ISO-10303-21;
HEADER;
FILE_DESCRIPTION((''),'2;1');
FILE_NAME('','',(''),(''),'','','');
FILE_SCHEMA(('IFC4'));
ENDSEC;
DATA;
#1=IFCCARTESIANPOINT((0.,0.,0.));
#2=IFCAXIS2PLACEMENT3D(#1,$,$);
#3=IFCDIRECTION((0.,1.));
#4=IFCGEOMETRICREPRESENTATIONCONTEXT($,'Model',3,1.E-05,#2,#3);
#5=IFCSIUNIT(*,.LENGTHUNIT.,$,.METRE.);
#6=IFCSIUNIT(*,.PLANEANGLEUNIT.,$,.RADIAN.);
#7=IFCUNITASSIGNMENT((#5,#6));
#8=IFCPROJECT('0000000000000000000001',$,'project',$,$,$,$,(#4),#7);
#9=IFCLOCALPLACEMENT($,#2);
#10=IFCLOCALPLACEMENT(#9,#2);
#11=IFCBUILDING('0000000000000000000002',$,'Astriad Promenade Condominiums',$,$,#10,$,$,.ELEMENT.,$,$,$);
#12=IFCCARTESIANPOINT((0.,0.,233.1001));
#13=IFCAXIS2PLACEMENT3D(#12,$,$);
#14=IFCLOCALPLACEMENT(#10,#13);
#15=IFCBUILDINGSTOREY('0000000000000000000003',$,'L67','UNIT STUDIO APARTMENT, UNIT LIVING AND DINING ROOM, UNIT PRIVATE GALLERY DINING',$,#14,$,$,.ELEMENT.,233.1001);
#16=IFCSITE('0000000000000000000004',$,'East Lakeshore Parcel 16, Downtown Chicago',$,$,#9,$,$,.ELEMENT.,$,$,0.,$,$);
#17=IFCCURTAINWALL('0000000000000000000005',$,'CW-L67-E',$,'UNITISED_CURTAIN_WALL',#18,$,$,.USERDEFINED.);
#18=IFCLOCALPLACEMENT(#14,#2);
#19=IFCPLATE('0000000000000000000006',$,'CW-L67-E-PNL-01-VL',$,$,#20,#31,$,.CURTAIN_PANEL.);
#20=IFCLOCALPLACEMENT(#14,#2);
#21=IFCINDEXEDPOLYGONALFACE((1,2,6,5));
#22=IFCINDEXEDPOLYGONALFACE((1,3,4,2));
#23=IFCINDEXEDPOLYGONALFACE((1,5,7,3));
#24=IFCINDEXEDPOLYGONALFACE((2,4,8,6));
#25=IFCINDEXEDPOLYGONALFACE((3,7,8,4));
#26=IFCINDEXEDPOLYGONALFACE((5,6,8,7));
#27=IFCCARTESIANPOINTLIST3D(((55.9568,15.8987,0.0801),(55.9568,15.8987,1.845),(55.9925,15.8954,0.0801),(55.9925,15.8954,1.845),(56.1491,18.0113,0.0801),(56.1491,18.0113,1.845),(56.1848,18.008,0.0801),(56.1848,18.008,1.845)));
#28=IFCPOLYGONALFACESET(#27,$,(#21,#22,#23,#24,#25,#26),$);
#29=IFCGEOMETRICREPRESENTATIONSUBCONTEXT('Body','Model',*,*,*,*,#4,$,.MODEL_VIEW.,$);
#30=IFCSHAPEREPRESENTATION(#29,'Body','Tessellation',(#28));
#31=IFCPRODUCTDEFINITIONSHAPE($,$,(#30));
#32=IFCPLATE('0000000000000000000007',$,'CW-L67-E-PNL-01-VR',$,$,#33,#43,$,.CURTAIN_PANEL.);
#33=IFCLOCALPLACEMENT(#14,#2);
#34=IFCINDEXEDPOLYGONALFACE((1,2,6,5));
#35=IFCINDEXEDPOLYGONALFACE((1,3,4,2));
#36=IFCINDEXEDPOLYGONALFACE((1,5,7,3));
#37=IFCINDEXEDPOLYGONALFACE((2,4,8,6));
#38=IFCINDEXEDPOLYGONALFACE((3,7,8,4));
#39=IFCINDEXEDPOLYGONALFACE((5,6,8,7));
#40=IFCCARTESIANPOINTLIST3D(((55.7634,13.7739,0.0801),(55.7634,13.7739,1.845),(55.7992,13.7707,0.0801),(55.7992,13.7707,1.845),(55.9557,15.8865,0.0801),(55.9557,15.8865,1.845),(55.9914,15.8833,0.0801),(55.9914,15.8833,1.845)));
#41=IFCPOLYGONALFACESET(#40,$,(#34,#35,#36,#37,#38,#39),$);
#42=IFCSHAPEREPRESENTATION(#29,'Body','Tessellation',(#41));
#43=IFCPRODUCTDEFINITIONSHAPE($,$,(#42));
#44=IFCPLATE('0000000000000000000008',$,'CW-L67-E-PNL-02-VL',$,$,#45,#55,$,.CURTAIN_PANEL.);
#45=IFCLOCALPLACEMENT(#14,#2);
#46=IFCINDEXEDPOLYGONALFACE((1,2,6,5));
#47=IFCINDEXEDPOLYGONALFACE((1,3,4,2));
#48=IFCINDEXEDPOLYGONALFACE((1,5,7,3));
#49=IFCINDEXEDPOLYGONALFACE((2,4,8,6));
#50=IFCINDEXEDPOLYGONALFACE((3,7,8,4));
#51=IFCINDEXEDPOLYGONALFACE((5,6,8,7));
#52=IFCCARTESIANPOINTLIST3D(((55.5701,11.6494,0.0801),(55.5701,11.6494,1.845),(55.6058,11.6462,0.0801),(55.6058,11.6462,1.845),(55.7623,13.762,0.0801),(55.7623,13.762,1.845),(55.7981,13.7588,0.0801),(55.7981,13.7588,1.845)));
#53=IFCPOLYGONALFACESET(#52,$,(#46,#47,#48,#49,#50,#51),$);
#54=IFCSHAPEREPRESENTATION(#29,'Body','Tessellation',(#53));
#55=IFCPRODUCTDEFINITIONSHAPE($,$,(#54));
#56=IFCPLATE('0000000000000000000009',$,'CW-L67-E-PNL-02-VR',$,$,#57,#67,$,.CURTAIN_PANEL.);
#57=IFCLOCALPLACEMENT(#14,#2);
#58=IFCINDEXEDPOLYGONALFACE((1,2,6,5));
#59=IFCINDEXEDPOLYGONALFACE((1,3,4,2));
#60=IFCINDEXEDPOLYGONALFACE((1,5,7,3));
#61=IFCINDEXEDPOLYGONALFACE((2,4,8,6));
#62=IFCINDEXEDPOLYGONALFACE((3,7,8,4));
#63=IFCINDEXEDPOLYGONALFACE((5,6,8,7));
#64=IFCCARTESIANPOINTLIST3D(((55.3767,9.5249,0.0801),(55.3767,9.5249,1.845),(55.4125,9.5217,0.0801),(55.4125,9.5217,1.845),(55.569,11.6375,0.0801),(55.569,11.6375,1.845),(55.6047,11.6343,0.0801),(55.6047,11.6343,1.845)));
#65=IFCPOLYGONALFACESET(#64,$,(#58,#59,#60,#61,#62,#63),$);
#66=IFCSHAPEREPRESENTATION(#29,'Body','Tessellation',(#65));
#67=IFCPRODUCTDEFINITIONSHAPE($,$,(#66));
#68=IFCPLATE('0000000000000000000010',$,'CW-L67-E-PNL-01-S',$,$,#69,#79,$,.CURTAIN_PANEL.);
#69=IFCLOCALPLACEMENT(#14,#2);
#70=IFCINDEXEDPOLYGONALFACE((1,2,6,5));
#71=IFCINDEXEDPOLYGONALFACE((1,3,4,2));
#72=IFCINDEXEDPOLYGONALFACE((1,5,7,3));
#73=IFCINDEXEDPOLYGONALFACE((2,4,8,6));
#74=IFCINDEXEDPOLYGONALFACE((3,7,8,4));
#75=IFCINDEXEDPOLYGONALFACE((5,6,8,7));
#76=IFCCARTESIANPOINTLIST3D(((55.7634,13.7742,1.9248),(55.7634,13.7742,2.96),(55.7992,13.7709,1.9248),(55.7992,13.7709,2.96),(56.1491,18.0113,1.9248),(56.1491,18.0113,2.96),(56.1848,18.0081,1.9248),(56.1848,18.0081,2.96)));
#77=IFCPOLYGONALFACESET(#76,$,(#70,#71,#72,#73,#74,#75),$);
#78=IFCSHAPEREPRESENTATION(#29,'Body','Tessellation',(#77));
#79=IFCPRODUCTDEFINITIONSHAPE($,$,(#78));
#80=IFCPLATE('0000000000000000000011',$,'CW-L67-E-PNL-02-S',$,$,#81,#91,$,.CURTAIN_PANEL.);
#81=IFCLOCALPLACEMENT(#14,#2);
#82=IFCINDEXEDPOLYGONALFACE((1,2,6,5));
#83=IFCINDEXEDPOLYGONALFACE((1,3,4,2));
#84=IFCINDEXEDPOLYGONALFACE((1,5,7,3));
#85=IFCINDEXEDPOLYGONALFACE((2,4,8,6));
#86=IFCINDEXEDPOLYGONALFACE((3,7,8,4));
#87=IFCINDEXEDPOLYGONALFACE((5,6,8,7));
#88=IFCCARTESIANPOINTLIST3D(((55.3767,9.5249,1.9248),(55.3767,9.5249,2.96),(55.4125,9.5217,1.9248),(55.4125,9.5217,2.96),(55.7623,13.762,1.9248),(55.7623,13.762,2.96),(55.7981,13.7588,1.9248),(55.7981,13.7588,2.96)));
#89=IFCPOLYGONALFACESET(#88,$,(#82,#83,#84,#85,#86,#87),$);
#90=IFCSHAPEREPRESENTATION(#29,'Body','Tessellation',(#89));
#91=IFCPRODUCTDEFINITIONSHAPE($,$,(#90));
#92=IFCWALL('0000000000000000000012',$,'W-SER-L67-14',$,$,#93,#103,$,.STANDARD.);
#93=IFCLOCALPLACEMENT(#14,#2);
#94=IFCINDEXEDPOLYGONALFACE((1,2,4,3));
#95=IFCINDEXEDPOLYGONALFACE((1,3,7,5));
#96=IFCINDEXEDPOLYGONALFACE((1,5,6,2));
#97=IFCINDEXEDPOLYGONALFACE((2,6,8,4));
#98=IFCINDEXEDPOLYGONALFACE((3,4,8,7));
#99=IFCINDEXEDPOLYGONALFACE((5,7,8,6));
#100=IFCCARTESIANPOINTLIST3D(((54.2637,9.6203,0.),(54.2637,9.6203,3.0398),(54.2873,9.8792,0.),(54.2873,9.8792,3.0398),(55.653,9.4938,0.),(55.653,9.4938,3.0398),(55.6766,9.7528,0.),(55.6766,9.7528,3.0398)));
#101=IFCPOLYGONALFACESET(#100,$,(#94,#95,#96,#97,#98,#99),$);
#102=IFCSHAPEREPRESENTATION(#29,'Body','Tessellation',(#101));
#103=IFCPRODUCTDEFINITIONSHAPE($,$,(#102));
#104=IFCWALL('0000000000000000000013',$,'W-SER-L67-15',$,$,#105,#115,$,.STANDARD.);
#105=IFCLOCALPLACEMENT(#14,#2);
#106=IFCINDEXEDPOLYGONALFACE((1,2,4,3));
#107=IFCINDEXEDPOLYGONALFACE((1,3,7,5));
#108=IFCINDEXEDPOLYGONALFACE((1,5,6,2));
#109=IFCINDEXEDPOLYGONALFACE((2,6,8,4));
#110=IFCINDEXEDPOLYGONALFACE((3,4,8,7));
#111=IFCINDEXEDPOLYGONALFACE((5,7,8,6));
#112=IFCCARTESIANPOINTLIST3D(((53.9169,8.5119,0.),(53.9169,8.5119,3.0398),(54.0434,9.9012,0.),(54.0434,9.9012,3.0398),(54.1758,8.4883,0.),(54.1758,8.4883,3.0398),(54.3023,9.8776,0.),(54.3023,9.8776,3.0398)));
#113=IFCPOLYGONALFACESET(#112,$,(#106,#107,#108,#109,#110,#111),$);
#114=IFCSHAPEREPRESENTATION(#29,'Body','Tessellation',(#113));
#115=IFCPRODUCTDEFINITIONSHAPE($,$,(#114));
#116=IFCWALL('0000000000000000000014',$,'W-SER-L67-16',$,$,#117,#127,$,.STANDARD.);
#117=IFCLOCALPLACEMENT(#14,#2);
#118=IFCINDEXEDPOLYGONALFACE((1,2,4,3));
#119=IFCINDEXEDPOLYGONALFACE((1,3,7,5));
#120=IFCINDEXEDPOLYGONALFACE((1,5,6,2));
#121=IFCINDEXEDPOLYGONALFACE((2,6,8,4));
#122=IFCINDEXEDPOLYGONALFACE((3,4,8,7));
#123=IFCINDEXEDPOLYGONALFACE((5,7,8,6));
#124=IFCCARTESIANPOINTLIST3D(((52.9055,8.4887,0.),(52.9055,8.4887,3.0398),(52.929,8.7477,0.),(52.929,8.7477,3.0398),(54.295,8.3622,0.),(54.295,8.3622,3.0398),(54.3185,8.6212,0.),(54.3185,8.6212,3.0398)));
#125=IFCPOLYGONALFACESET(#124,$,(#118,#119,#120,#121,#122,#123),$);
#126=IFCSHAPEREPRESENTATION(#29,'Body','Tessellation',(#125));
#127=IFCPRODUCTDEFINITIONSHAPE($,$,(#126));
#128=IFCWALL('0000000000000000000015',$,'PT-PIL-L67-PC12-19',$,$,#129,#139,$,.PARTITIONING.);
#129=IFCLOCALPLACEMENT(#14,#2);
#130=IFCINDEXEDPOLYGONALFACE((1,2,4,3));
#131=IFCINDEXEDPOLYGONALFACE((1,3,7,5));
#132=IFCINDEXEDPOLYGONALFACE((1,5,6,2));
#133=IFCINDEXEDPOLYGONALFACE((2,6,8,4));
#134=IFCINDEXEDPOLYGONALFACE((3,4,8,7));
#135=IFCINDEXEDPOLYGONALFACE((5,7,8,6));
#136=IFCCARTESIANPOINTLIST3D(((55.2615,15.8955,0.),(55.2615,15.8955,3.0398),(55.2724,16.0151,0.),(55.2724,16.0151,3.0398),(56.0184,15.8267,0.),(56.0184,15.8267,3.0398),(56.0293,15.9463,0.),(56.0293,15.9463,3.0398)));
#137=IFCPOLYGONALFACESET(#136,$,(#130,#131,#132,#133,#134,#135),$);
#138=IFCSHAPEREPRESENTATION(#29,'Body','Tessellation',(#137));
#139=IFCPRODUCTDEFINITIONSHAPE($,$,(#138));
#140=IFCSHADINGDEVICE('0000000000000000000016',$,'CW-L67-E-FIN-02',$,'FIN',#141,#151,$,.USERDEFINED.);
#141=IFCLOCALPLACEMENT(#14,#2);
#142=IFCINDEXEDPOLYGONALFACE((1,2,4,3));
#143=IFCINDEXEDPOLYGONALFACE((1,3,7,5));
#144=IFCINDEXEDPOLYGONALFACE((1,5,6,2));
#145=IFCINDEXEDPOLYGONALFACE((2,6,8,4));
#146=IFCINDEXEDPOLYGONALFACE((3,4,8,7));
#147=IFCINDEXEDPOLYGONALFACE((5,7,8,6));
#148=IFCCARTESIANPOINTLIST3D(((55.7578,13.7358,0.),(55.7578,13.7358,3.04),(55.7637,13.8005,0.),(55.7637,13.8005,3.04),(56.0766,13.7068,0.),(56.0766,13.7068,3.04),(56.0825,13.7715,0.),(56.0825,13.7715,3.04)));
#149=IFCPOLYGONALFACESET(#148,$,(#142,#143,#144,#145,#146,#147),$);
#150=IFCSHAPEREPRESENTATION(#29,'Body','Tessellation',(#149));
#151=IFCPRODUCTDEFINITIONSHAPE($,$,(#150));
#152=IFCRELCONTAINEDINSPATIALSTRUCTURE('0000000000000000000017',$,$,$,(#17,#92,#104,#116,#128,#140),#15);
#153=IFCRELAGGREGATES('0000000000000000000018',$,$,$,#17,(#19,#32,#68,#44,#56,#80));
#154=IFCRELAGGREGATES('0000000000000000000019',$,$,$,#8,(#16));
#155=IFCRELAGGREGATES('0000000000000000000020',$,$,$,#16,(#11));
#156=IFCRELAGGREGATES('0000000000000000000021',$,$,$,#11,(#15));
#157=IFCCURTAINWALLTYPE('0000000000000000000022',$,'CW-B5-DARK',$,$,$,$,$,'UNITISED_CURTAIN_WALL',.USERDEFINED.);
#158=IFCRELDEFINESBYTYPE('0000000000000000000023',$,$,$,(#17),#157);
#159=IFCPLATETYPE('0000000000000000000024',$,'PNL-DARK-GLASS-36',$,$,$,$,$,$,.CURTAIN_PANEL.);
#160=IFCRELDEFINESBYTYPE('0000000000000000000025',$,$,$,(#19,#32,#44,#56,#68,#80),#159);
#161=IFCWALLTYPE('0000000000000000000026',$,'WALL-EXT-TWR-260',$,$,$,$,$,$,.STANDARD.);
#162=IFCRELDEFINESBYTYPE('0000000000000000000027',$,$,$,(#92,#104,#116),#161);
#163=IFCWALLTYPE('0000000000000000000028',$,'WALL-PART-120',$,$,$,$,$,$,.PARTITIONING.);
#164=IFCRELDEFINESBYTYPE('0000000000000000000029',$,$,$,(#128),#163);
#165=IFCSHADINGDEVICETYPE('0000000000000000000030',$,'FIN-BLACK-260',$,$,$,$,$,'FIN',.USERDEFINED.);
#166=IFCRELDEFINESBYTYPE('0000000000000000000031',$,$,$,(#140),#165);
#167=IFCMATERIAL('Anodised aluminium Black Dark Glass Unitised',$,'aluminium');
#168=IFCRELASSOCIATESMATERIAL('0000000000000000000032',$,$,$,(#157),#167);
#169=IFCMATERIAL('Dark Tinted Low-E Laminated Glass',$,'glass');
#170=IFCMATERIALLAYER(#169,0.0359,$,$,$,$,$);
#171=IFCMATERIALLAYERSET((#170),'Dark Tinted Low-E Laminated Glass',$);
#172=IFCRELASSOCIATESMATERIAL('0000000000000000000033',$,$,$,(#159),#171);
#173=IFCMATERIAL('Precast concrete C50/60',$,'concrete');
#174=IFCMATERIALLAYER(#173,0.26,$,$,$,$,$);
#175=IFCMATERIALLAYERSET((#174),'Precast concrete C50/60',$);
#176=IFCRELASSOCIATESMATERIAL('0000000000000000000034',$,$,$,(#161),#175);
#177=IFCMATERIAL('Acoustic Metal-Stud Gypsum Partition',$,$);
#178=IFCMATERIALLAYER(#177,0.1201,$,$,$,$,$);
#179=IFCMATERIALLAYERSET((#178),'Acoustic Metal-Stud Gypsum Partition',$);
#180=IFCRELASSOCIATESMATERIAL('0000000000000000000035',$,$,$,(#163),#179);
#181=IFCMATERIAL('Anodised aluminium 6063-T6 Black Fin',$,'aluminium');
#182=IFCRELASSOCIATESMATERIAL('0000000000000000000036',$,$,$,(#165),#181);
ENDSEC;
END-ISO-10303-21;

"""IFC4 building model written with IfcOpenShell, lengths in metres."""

from ifc_helpers import new_model, si_unit, direction, frame, frame_2d, origin, origin_2d, place, context, subcontext, project, spatial, rectangle, extrude, source, transform, mapped, material, layer, layer_set, type_object, type_shapes, element, aggregate, save


model = new_model("IFC4")

# Units and contexts
model_context = context("Model", 3, precision=1e-05, world=origin(), true_north=direction((0.0, 1.0)))
body_context = subcontext(model_context, "Body", "Model", "MODEL_VIEW")
ifc_project = project(units=[si_unit("LENGTHUNIT", "METRE"), si_unit("PLANEANGLEUNIT", "RADIAN")], contexts=[model_context])

# Site, building, storey
site_placement = place(None, origin())
site = spatial("IfcSite", under=ifc_project, at=site_placement, Name="East Lakeshore Parcel 16, Downtown Chicago", CompositionType="ELEMENT", RefElevation=0.0)
building_placement = place(site_placement, origin())
building = spatial("IfcBuilding", under=site, at=building_placement, Name="Astriad Promenade Condominiums", CompositionType="ELEMENT")
storey_placement = place(building_placement, frame((0.0, 0.0, 233.1001)))
storey = spatial("IfcBuildingStorey", under=building, at=storey_placement, Name="L67", Description="UNIT STUDIO APARTMENT, UNIT LIVING AND DINING ROOM, UNIT PRIVATE GALLERY DINING", CompositionType="ELEMENT", Elevation=233.1001)

# Curtain wall, plates
ifc_material_1 = material(Name="Anodised aluminium Black Dark Glass Unitised", Category="aluminium")
curtain_wall_type = type_object("IfcCurtainWallType", Name="CW-B5-DARK", ElementType="UNITISED_CURTAIN_WALL", PredefinedType="USERDEFINED", material=ifc_material_1)
curtain_wall_placement = place(storey_placement, origin())
curtain_wall = element("IfcCurtainWall", 1, at=curtain_wall_placement, inside=storey, type_object=curtain_wall_type, Name="CW-L67-E", ObjectType="UNITISED_CURTAIN_WALL", PredefinedType="USERDEFINED")
ifc_material_2 = material(Name="Dark Tinted Low-E Laminated Glass", Category="glass")
ifc_layer_1 = layer(ifc_material_2, 0.0359)
ifc_layer_set_1 = layer_set([ifc_layer_1], Name="Dark Tinted Low-E Laminated Glass")
plate_type = type_object("IfcPlateType", Name="PNL-DARK-GLASS-36", PredefinedType="CURTAIN_PANEL", material=ifc_layer_set_1)
shared_shape_1 = source(origin(), body_context, "Body", "SweptSolid", [
    extrude(rectangle(XDim=2.1213, YDim=0.0359, at=origin_2d()), origin(), (0.0, 0.0, 1.0), 1.7649),
])
plate_1_placement = place(storey_placement, frame((56.0708, 16.9534, 0.0801), z_axis=(0.0, 0.0, 1.0), x_axis=(-0.090633, -0.995884, 0.0)))
plate_1 = element("IfcPlate", 2, at=plate_1_placement, type_object=plate_type, Name="CW-L67-E-PNL-01-VL", PredefinedType="CURTAIN_PANEL", context=body_context, shape_type="MappedRepresentation", body=[
    mapped(shared_shape_1, transform((0.0, 0.0, 0.0), scale=1.0)),
])
plate_2_placement = place(storey_placement, frame((55.8774, 14.8286, 0.0801), z_axis=(0.0, 0.0, 1.0), x_axis=(-0.090633, -0.995884, 0.0)))
plate_2 = element("IfcPlate", 3, at=plate_2_placement, type_object=plate_type, Name="CW-L67-E-PNL-01-VR", PredefinedType="CURTAIN_PANEL", context=body_context, shape_type="MappedRepresentation", body=[
    mapped(shared_shape_1, transform((0.0, 0.0, 0.0), scale=1.0)),
])
plate_3_placement = place(storey_placement, frame((55.6841, 12.7041, 0.0801), z_axis=(0.0, 0.0, 1.0), x_axis=(-0.090633, -0.995884, 0.0)))
plate_3 = element("IfcPlate", 4, at=plate_3_placement, type_object=plate_type, Name="CW-L67-E-PNL-02-VL", PredefinedType="CURTAIN_PANEL", context=body_context, shape_type="MappedRepresentation", body=[
    mapped(shared_shape_1, transform((0.0, 0.0, 0.0), scale=1.0)),
])
plate_4_placement = place(storey_placement, frame((55.4907, 10.5796, 0.0801), z_axis=(0.0, 0.0, 1.0), x_axis=(-0.090633, -0.995884, 0.0)))
plate_4 = element("IfcPlate", 5, at=plate_4_placement, type_object=plate_type, Name="CW-L67-E-PNL-02-VR", PredefinedType="CURTAIN_PANEL", context=body_context, shape_type="MappedRepresentation", body=[
    mapped(shared_shape_1, transform((0.0, 0.0, 0.0), scale=1.0)),
])
shared_shape_2 = source(origin(), body_context, "Body", "SweptSolid", [
    extrude(rectangle(XDim=4.2546, YDim=0.0359, at=origin_2d()), origin(), (0.0, 0.0, 1.0), 1.0352),
])
type_shapes(plate_type, [shared_shape_1, shared_shape_2])
plate_5_placement = place(storey_placement, frame((55.9741, 15.8911, 1.9248), z_axis=(0.0, 0.0, 1.0), x_axis=(-0.090633, -0.995884, 0.0)))
plate_5 = element("IfcPlate", 6, at=plate_5_placement, type_object=plate_type, Name="CW-L67-E-PNL-01-S", PredefinedType="CURTAIN_PANEL", context=body_context, shape_type="MappedRepresentation", body=[
    mapped(shared_shape_2, transform((0.0, 0.0, 0.0), scale=1.0)),
])
plate_6_placement = place(storey_placement, frame((55.5874, 11.6418, 1.9248), z_axis=(0.0, 0.0, 1.0), x_axis=(-0.090633, -0.995884, 0.0)))
plate_6 = element("IfcPlate", 7, at=plate_6_placement, type_object=plate_type, Name="CW-L67-E-PNL-02-S", PredefinedType="CURTAIN_PANEL", context=body_context, shape_type="MappedRepresentation", body=[
    mapped(shared_shape_2, transform((0.0, 0.0, 0.0), scale=1.0)),
])
aggregate(curtain_wall, [plate_1, plate_2, plate_5, plate_3, plate_4, plate_6])

# Walls
ifc_material_3 = material(Name="Precast concrete C50/60", Category="concrete")
ifc_layer_2 = layer(ifc_material_3, 0.26)
ifc_layer_set_2 = layer_set([ifc_layer_2], Name="Precast concrete C50/60")
wall_type_1 = type_object("IfcWallType", Name="WALL-EXT-TWR-260", PredefinedType="STANDARD", material=ifc_layer_set_2)
for number, where, z_axis, x_axis, name in (
    (8, (55.6648, 9.6233, 0.0), (0.0, 0.0, 1.0), (-0.995882, 0.090662, 0.0), "W-SER-L67-14"),
    (9, (54.1729, 9.8894, 0.0), (0.0, 0.0, 1.0), (-0.090662, -0.995882, 0.0), "W-SER-L67-15"),
):
    element("IfcWall", number, at=place(storey_placement, frame(where, z_axis=z_axis, x_axis=x_axis)), inside=storey, type_object=wall_type_1, Name=name, PredefinedType="STANDARD", context=body_context, shape_type="SweptSolid", body=[
        extrude(rectangle(XDim=1.395, YDim=0.26, at=frame_2d((0.6975, 0.0))), origin(), (0.0, 0.0, 1.0), 3.0398),
    ])
wall_1_placement = place(storey_placement, frame((54.3069, 8.4917, 0.0), z_axis=(0.0, 0.0, 1.0), x_axis=(-0.995883, 0.090646, 0.0)))
element("IfcWall", 10, at=wall_1_placement, inside=storey, type_object=wall_type_1, Name="W-SER-L67-16", PredefinedType="STANDARD", context=body_context, shape_type="SweptSolid", body=[
    extrude(rectangle(XDim=1.3953, YDim=0.26, at=frame_2d((0.6978, 0.0))), origin(), (0.0, 0.0, 1.0), 3.0398),
])
ifc_material_4 = material(Name="Acoustic Metal-Stud Gypsum Partition")
ifc_layer_3 = layer(ifc_material_4, 0.1201)
ifc_layer_set_3 = layer_set([ifc_layer_3], Name="Acoustic Metal-Stud Gypsum Partition")
wall_type_2 = type_object("IfcWallType", Name="WALL-PART-120", PredefinedType="PARTITIONING", material=ifc_layer_set_3)
wall_2_placement = place(storey_placement, frame((55.2671, 15.9553, 0.0), z_axis=(0.0, 0.0, 1.0), x_axis=(0.995888, -0.090594, 0.0)))
element("IfcWall", 11, at=wall_2_placement, inside=storey, type_object=wall_type_2, Name="PT-PIL-L67-PC12-19", PredefinedType="PARTITIONING", context=body_context, shape_type="SweptSolid", body=[
    extrude(rectangle(XDim=0.76, YDim=0.1201, at=frame_2d((0.3799, 0.0))), origin(), (0.0, 0.0, 1.0), 3.0398),
])

# Shading device
ifc_material_5 = material(Name="Anodised aluminium 6063-T6 Black Fin", Category="aluminium")
shading_device_type = type_object("IfcShadingDeviceType", Name="FIN-BLACK-260", ElementType="FIN", PredefinedType="USERDEFINED", material=ifc_material_5)
shared_shape_3 = source(origin(), body_context, "Body", "SweptSolid", [
    extrude(rectangle(XDim=0.0649, YDim=0.3201, at=origin_2d()), origin(), (0.0, 0.0, 1.0), 3.04),
])
type_shapes(shading_device_type, [shared_shape_3])
shading_device_placement = place(storey_placement, frame((55.9202, 13.7537, 0.0), z_axis=(0.0, 0.0, 1.0), x_axis=(-0.090633, -0.995884, 0.0)))
element("IfcShadingDevice", 12, at=shading_device_placement, inside=storey, type_object=shading_device_type, Name="CW-L67-E-FIN-02", ObjectType="FIN", PredefinedType="USERDEFINED", context=body_context, shape_type="MappedRepresentation", body=[
    mapped(shared_shape_3, transform((0.0, 0.0, 0.0), scale=1.0)),
])

save(model, "model.ifc")
